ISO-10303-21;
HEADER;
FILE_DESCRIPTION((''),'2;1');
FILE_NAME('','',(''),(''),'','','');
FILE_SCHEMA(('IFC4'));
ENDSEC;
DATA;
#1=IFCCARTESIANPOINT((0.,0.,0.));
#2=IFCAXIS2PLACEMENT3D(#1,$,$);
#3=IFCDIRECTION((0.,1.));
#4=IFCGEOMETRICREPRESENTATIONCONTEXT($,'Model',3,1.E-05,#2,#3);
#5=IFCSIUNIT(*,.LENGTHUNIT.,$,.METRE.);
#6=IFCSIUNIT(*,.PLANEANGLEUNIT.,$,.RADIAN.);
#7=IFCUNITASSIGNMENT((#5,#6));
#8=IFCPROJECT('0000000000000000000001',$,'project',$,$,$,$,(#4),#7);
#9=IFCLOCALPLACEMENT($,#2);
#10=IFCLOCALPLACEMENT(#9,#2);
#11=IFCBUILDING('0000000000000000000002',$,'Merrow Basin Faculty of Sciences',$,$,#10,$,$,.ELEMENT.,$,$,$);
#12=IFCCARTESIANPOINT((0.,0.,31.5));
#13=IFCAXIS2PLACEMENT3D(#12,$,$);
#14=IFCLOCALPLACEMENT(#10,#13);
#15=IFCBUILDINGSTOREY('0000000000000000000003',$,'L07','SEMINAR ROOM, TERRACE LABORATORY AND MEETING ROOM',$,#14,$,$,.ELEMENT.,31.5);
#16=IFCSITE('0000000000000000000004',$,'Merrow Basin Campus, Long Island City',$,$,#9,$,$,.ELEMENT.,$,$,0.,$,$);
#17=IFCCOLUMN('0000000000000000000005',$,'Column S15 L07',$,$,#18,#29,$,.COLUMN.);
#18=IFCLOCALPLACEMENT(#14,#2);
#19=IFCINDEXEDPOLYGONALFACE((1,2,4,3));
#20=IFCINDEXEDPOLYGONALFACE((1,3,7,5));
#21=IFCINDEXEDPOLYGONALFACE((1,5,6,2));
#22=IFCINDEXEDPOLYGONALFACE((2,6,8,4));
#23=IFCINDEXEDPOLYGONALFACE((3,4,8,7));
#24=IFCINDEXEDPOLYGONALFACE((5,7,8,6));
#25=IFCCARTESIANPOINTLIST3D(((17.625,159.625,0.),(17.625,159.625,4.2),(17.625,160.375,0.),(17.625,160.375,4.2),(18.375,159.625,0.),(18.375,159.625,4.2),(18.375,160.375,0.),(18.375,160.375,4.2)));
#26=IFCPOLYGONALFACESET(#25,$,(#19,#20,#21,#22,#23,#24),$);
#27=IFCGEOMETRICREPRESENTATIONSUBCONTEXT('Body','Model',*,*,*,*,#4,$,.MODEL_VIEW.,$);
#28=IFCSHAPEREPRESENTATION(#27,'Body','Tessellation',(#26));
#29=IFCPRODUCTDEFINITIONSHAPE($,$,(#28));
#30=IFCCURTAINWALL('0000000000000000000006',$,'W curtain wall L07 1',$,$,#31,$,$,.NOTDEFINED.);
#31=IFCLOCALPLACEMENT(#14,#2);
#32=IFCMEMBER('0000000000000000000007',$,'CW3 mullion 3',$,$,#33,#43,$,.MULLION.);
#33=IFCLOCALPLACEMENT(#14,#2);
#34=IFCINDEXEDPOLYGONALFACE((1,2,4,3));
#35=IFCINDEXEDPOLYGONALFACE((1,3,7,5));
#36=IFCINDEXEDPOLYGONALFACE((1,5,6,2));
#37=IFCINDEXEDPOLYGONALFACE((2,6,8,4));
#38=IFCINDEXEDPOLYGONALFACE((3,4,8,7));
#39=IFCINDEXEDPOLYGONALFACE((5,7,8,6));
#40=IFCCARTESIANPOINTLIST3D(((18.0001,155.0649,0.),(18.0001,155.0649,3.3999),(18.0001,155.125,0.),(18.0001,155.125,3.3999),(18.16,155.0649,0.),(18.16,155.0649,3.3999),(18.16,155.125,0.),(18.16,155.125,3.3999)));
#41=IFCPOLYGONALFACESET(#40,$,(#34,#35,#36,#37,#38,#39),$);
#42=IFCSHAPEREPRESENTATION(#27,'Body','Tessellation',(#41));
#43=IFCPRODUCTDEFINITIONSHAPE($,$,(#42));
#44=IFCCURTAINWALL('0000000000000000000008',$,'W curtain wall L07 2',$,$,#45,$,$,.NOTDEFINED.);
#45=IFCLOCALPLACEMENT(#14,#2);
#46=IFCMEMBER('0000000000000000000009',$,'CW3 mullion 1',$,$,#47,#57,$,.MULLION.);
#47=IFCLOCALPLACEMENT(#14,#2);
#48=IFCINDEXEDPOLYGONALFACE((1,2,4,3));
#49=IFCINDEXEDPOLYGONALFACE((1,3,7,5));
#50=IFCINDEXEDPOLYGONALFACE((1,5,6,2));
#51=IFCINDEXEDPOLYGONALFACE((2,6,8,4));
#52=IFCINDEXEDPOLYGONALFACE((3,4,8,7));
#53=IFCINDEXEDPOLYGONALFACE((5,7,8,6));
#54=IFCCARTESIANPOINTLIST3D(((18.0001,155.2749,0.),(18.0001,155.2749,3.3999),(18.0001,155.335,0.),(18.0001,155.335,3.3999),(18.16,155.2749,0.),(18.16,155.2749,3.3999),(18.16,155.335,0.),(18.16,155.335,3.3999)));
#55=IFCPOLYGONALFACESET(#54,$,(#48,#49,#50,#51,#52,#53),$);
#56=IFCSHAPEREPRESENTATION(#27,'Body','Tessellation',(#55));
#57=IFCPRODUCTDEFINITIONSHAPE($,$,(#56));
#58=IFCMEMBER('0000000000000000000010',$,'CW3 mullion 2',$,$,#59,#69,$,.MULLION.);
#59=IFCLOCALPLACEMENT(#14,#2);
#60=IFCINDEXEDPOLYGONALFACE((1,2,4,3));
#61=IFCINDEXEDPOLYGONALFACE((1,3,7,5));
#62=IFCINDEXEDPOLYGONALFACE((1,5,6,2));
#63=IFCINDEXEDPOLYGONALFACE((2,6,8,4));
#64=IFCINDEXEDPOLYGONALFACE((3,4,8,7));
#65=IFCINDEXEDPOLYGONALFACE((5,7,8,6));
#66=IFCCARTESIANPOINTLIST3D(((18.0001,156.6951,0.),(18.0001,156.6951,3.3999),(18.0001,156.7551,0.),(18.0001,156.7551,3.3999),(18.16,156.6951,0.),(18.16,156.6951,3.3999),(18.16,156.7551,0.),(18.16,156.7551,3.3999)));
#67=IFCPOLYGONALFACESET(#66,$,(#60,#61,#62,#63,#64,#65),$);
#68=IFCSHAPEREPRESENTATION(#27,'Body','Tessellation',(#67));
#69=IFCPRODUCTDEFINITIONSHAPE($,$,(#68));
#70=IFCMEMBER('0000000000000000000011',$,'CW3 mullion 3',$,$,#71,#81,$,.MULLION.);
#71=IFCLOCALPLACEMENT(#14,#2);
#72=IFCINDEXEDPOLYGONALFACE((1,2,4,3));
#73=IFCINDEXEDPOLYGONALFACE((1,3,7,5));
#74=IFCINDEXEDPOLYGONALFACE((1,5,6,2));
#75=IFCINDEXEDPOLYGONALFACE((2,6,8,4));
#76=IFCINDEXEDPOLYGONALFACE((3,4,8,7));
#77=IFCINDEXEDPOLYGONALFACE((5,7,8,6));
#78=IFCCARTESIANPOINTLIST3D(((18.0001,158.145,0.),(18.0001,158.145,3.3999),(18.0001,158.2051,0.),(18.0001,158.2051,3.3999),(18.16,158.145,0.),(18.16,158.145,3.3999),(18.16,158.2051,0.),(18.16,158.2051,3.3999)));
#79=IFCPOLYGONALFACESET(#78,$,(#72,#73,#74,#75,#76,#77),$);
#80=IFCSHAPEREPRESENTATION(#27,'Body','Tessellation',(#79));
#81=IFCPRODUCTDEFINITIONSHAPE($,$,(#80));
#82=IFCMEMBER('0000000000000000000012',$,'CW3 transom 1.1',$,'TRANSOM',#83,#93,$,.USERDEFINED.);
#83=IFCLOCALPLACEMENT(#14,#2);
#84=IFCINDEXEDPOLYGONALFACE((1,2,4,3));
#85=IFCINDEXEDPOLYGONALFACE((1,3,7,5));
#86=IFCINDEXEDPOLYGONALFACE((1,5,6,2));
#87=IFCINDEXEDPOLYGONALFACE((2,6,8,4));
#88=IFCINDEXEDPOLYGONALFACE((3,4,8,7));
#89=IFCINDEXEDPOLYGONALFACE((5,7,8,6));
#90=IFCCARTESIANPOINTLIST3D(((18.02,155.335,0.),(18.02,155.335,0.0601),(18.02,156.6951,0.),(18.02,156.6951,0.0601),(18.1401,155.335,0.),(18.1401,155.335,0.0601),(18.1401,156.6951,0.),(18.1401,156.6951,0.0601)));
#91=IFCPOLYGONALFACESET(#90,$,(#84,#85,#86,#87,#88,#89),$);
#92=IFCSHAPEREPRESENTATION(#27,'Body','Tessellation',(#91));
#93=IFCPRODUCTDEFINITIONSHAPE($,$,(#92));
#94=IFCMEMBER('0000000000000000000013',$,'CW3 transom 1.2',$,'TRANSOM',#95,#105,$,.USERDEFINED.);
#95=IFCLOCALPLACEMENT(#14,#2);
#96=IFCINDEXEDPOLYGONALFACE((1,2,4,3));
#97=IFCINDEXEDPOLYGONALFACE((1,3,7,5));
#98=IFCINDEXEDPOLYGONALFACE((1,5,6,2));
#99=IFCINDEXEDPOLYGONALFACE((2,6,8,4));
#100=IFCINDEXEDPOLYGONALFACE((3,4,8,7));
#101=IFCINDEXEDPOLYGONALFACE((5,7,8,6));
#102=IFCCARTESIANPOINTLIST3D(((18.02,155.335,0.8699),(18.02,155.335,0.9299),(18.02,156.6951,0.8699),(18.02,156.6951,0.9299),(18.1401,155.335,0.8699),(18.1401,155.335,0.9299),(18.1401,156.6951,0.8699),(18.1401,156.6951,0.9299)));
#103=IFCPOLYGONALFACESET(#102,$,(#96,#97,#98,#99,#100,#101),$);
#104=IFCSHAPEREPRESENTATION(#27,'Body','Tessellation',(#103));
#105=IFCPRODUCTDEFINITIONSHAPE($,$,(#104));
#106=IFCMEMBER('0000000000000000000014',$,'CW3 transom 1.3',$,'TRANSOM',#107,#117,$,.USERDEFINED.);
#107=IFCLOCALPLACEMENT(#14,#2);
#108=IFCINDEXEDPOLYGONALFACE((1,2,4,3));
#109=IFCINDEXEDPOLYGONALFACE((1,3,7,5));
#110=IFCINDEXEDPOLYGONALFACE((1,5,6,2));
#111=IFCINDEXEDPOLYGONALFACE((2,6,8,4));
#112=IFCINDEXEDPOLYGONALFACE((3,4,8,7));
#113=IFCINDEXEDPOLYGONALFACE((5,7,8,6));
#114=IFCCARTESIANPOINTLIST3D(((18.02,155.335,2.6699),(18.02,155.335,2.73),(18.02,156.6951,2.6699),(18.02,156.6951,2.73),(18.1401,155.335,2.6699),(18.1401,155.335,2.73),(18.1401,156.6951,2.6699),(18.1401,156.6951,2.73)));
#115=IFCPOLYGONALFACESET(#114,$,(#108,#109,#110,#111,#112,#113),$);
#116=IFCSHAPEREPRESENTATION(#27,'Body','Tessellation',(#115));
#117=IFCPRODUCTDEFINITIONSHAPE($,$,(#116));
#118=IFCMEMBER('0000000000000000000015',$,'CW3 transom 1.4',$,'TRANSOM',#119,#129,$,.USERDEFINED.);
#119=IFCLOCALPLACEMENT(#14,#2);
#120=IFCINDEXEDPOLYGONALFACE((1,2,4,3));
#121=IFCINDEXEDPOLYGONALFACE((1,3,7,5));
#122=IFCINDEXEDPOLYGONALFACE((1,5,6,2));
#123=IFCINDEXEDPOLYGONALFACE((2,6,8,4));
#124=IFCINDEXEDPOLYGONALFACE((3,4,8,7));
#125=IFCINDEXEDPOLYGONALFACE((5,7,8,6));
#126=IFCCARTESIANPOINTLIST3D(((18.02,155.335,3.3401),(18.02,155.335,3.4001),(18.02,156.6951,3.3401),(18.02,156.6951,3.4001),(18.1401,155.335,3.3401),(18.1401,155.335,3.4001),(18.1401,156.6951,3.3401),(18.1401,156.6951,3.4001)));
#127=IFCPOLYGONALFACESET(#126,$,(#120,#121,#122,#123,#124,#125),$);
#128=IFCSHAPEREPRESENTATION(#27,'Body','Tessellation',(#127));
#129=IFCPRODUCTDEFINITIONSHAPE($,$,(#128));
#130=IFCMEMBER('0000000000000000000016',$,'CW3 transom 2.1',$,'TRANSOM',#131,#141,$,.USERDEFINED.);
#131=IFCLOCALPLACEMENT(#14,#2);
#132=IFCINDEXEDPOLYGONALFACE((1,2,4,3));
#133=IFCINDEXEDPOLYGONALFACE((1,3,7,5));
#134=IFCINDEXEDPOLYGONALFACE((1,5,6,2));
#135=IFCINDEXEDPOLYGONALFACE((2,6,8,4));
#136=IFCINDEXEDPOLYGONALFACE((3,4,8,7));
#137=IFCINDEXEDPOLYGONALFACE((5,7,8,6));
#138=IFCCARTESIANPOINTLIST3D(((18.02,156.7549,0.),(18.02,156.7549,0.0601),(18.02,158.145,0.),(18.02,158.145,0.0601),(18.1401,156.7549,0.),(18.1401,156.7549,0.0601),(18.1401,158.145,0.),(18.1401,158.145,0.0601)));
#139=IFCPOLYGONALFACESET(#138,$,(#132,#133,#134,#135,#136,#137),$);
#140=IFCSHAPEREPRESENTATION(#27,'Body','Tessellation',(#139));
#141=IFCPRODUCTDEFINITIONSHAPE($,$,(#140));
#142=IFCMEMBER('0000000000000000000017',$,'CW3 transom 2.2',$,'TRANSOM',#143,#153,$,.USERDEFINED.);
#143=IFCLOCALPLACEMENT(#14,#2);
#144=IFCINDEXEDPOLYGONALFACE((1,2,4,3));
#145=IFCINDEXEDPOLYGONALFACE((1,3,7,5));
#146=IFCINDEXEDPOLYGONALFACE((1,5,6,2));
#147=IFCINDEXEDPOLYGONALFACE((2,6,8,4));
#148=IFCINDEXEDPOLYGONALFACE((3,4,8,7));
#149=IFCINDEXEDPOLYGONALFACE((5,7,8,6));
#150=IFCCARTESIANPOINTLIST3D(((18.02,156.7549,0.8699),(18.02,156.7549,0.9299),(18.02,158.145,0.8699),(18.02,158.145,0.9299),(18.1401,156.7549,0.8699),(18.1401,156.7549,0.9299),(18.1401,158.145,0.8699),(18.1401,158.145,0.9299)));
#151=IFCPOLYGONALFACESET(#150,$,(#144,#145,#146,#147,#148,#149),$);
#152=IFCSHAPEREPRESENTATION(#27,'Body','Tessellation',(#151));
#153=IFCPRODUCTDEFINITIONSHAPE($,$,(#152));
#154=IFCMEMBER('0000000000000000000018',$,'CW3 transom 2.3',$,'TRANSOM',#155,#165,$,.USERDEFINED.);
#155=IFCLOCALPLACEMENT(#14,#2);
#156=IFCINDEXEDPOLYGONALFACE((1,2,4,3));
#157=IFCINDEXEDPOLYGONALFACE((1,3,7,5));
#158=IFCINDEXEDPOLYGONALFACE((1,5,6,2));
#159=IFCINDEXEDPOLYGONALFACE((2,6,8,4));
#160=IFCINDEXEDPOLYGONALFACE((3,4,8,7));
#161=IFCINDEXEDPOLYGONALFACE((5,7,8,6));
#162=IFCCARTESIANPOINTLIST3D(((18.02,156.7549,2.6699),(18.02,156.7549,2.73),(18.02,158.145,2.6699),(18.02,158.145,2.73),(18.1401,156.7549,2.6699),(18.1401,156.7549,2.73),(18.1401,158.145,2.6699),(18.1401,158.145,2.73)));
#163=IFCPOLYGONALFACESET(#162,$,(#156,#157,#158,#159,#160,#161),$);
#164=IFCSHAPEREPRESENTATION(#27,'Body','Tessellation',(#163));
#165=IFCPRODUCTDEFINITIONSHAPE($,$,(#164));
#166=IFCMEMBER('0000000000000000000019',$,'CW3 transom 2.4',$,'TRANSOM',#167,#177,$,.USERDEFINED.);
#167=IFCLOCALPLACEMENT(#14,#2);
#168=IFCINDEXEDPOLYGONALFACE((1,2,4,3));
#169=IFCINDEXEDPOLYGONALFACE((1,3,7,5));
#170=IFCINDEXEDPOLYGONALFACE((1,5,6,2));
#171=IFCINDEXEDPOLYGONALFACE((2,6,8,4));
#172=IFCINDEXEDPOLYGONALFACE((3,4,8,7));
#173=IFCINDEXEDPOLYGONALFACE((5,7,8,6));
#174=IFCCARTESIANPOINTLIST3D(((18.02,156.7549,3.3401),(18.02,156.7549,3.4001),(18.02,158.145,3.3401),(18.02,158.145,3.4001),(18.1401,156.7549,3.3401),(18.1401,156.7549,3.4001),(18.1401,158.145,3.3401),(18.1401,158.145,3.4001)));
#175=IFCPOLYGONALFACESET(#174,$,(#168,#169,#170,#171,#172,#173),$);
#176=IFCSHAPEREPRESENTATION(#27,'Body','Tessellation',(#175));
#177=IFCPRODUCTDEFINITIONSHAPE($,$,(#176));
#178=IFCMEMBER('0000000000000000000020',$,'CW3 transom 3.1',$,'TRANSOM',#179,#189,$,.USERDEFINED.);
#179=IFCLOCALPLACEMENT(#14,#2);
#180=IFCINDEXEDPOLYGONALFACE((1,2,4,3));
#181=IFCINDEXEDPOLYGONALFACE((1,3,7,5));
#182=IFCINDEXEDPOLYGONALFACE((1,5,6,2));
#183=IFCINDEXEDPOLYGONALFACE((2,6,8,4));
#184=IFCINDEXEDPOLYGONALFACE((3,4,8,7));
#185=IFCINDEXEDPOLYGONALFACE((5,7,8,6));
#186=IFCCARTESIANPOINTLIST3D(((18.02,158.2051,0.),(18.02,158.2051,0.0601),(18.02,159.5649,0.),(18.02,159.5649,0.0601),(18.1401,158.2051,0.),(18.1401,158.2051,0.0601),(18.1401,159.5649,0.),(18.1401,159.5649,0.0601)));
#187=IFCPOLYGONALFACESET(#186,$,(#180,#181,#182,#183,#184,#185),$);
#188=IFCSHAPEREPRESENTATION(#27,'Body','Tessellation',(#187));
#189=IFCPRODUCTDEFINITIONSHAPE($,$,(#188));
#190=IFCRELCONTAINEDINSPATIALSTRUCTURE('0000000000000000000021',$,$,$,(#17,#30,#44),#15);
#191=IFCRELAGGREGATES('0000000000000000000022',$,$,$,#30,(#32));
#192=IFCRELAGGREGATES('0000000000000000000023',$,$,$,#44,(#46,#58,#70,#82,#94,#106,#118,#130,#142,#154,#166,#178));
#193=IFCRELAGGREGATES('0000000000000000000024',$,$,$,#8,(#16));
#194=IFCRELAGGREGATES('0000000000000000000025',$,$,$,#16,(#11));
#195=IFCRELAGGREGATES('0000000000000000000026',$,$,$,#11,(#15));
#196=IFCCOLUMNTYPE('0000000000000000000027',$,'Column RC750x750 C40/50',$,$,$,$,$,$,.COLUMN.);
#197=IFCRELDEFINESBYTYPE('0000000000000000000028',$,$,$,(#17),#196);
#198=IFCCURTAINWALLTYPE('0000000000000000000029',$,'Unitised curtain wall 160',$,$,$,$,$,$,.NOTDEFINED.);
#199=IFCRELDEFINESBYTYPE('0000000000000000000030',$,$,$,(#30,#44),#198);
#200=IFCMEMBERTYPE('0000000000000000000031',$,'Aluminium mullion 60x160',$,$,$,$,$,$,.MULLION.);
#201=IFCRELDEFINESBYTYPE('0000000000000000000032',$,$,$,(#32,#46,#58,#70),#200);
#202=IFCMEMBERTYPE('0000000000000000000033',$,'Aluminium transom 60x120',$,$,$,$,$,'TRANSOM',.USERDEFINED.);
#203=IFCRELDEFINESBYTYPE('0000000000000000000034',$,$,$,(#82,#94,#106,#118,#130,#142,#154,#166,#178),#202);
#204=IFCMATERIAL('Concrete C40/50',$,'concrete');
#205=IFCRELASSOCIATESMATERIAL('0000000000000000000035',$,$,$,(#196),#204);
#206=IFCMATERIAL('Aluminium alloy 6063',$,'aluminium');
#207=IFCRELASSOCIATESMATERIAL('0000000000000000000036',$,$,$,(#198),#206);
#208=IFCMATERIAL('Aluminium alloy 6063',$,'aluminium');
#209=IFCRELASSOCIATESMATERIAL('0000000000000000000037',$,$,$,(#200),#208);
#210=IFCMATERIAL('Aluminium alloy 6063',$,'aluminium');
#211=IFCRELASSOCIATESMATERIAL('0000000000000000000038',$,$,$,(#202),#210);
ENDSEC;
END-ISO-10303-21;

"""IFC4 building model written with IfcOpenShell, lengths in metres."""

from ifc_helpers import new_model, si_unit, direction, frame, origin, origin_2d, place, context, subcontext, project, spatial, rectangle, extrude, material, material_profile, profile_set, type_object, element, aggregate, save


model = new_model("IFC4")

# Units and contexts
model_context = context("Model", 3, precision=1e-05, world=origin(), true_north=direction((0.0, 1.0)))
body_context = subcontext(model_context, "Body", "Model", "MODEL_VIEW")
ifc_project = project(units=[si_unit("LENGTHUNIT", "METRE"), si_unit("PLANEANGLEUNIT", "RADIAN")], contexts=[model_context])

# Site, building, storey
site_placement = place(None, origin())
site = spatial("IfcSite", under=ifc_project, at=site_placement, Name="Merrow Basin Campus, Long Island City", CompositionType="ELEMENT", RefElevation=0.0)
building_placement = place(site_placement, origin())
building = spatial("IfcBuilding", under=site, at=building_placement, Name="Merrow Basin Faculty of Sciences", CompositionType="ELEMENT")
storey_placement = place(building_placement, frame((0.0, 0.0, 31.5)))
storey = spatial("IfcBuildingStorey", under=building, at=storey_placement, Name="L07", Description="SEMINAR ROOM, TERRACE LABORATORY AND MEETING ROOM", CompositionType="ELEMENT", Elevation=31.5)

# Column
ifc_material_1 = material(Name="Concrete C40/50", Category="concrete")
ifc_material_profile_1 = material_profile(ifc_material_1, rectangle(XDim=0.75, YDim=0.75, at=origin_2d()))
ifc_profile_set_1 = profile_set([ifc_material_profile_1], Name="Concrete C40/50")
column_type = type_object("IfcColumnType", Name="Column RC750x750 C40/50", PredefinedType="COLUMN", material=ifc_profile_set_1)
column_placement = place(storey_placement, frame((18.0, 160.0, 0.0), z_axis=(0.0, 0.0, 1.0), x_axis=(1.0, 0.0, 0.0)))
element("IfcColumn", 1, at=column_placement, inside=storey, type_object=column_type, Name="Column S15 L07", PredefinedType="COLUMN", context=body_context, shape_type="SweptSolid", body=[
    extrude(rectangle(XDim=0.75, YDim=0.75, at=origin_2d()), origin(), (0.0, 0.0, 1.0), 4.2),
])

# Curtain wall, member
ifc_material_2 = material(Name="Aluminium alloy 6063", Category="aluminium")
curtain_wall_type = type_object("IfcCurtainWallType", Name="Unitised curtain wall 160", PredefinedType="NOTDEFINED", material=ifc_material_2)
curtain_wall_1_placement = place(storey_placement, origin())
curtain_wall_1 = element("IfcCurtainWall", 2, at=curtain_wall_1_placement, inside=storey, type_object=curtain_wall_type, Name="W curtain wall L07 1", PredefinedType="NOTDEFINED")
ifc_material_3 = material(Name="Aluminium alloy 6063", Category="aluminium")
ifc_material_profile_2 = material_profile(ifc_material_3, rectangle(XDim=0.1599, YDim=0.0601, at=origin_2d()))
ifc_profile_set_2 = profile_set([ifc_material_profile_2], Name="Aluminium alloy 6063")
member_type_1 = type_object("IfcMemberType", Name="Aluminium mullion 60x160", PredefinedType="MULLION", material=ifc_profile_set_2)
member_1_placement = place(storey_placement, frame((18.0801, 155.095, 0.0), z_axis=(0.0, 0.0, 1.0), x_axis=(-1.0, 0.0, 0.0)))
member_1 = element("IfcMember", 3, at=member_1_placement, type_object=member_type_1, Name="CW3 mullion 3", PredefinedType="MULLION", context=body_context, shape_type="SweptSolid", body=[
    extrude(rectangle(XDim=0.1599, YDim=0.0601, at=origin_2d()), origin(), (0.0, 0.0, 1.0), 3.3999),
])

# Curtain wall, members
curtain_wall_2_placement = place(storey_placement, origin())
curtain_wall_2 = element("IfcCurtainWall", 4, at=curtain_wall_2_placement, inside=storey, type_object=curtain_wall_type, Name="W curtain wall L07 2", PredefinedType="NOTDEFINED")
member_2_placement = place(storey_placement, frame((18.0801, 155.3049, 0.0), z_axis=(0.0, 0.0, 1.0), x_axis=(-1.0, 0.0, 0.0)))
member_2 = element("IfcMember", 5, at=member_2_placement, type_object=member_type_1, Name="CW3 mullion 1", PredefinedType="MULLION", context=body_context, shape_type="SweptSolid", body=[
    extrude(rectangle(XDim=0.1599, YDim=0.0601, at=origin_2d()), origin(), (0.0, 0.0, 1.0), 3.3999),
])
member_3_placement = place(storey_placement, frame((18.0801, 156.7251, 0.0), z_axis=(0.0, 0.0, 1.0), x_axis=(-1.0, 0.0, 0.0)))
member_3 = element("IfcMember", 6, at=member_3_placement, type_object=member_type_1, Name="CW3 mullion 2", PredefinedType="MULLION", context=body_context, shape_type="SweptSolid", body=[
    extrude(rectangle(XDim=0.1599, YDim=0.0601, at=origin_2d()), origin(), (0.0, 0.0, 1.0), 3.3999),
])
member_4_placement = place(storey_placement, frame((18.0801, 158.175, 0.0), z_axis=(0.0, 0.0, 1.0), x_axis=(-1.0, 0.0, 0.0)))
member_4 = element("IfcMember", 7, at=member_4_placement, type_object=member_type_1, Name="CW3 mullion 3", PredefinedType="MULLION", context=body_context, shape_type="SweptSolid", body=[
    extrude(rectangle(XDim=0.1599, YDim=0.0601, at=origin_2d()), origin(), (0.0, 0.0, 1.0), 3.3999),
])
ifc_material_4 = material(Name="Aluminium alloy 6063", Category="aluminium")
ifc_material_profile_3 = material_profile(ifc_material_4, rectangle(XDim=0.1201, YDim=0.0601, at=origin_2d()))
ifc_profile_set_3 = profile_set([ifc_material_profile_3], Name="Aluminium alloy 6063")
member_type_2 = type_object("IfcMemberType", Name="Aluminium transom 60x120", ElementType="TRANSOM", PredefinedType="USERDEFINED", material=ifc_profile_set_3)
member_5_placement = place(storey_placement, frame((18.0801, 155.335, 0.03), z_axis=(0.0, 1.0, 0.0), x_axis=(-1.0, 0.0, 0.0)))
member_5 = element("IfcMember", 8, at=member_5_placement, type_object=member_type_2, Name="CW3 transom 1.1", ObjectType="TRANSOM", PredefinedType="USERDEFINED", context=body_context, shape_type="SweptSolid", body=[
    extrude(rectangle(XDim=0.1201, YDim=0.0601, at=origin_2d()), origin(), (0.0, 0.0, 1.0), 1.3601),
])
member_6_placement = place(storey_placement, frame((18.0801, 155.335, 0.8999), z_axis=(0.0, 1.0, 0.0), x_axis=(-1.0, 0.0, 0.0)))
member_6 = element("IfcMember", 9, at=member_6_placement, type_object=member_type_2, Name="CW3 transom 1.2", ObjectType="TRANSOM", PredefinedType="USERDEFINED", context=body_context, shape_type="SweptSolid", body=[
    extrude(rectangle(XDim=0.1201, YDim=0.0601, at=origin_2d()), origin(), (0.0, 0.0, 1.0), 1.3601),
])
member_7_placement = place(storey_placement, frame((18.0801, 155.335, 2.7), z_axis=(0.0, 1.0, 0.0), x_axis=(-1.0, 0.0, 0.0)))
member_7 = element("IfcMember", 10, at=member_7_placement, type_object=member_type_2, Name="CW3 transom 1.3", ObjectType="TRANSOM", PredefinedType="USERDEFINED", context=body_context, shape_type="SweptSolid", body=[
    extrude(rectangle(XDim=0.1201, YDim=0.0601, at=origin_2d()), origin(), (0.0, 0.0, 1.0), 1.3601),
])
member_8_placement = place(storey_placement, frame((18.0801, 155.335, 3.3701), z_axis=(0.0, 1.0, 0.0), x_axis=(-1.0, 0.0, 0.0)))
member_8 = element("IfcMember", 11, at=member_8_placement, type_object=member_type_2, Name="CW3 transom 1.4", ObjectType="TRANSOM", PredefinedType="USERDEFINED", context=body_context, shape_type="SweptSolid", body=[
    extrude(rectangle(XDim=0.1201, YDim=0.0601, at=origin_2d()), origin(), (0.0, 0.0, 1.0), 1.3601),
])
member_9_placement = place(storey_placement, frame((18.0801, 156.7549, 0.03), z_axis=(0.0, 1.0, 0.0), x_axis=(-1.0, 0.0, 0.0)))
member_9 = element("IfcMember", 12, at=member_9_placement, type_object=member_type_2, Name="CW3 transom 2.1", ObjectType="TRANSOM", PredefinedType="USERDEFINED", context=body_context, shape_type="SweptSolid", body=[
    extrude(rectangle(XDim=0.1201, YDim=0.0601, at=origin_2d()), origin(), (0.0, 0.0, 1.0), 1.3901),
])
member_10_placement = place(storey_placement, frame((18.0801, 156.7549, 0.8999), z_axis=(0.0, 1.0, 0.0), x_axis=(-1.0, 0.0, 0.0)))
member_10 = element("IfcMember", 13, at=member_10_placement, type_object=member_type_2, Name="CW3 transom 2.2", ObjectType="TRANSOM", PredefinedType="USERDEFINED", context=body_context, shape_type="SweptSolid", body=[
    extrude(rectangle(XDim=0.1201, YDim=0.0601, at=origin_2d()), origin(), (0.0, 0.0, 1.0), 1.3901),
])
member_11_placement = place(storey_placement, frame((18.0801, 156.7549, 2.7), z_axis=(0.0, 1.0, 0.0), x_axis=(-1.0, 0.0, 0.0)))
member_11 = element("IfcMember", 14, at=member_11_placement, type_object=member_type_2, Name="CW3 transom 2.3", ObjectType="TRANSOM", PredefinedType="USERDEFINED", context=body_context, shape_type="SweptSolid", body=[
    extrude(rectangle(XDim=0.1201, YDim=0.0601, at=origin_2d()), origin(), (0.0, 0.0, 1.0), 1.3901),
])
member_12_placement = place(storey_placement, frame((18.0801, 156.7549, 3.3701), z_axis=(0.0, 1.0, 0.0), x_axis=(-1.0, 0.0, 0.0)))
member_12 = element("IfcMember", 15, at=member_12_placement, type_object=member_type_2, Name="CW3 transom 2.4", ObjectType="TRANSOM", PredefinedType="USERDEFINED", context=body_context, shape_type="SweptSolid", body=[
    extrude(rectangle(XDim=0.1201, YDim=0.0601, at=origin_2d()), origin(), (0.0, 0.0, 1.0), 1.3901),
])
member_13_placement = place(storey_placement, frame((18.0801, 158.2051, 0.03), z_axis=(0.0, 1.0, 0.0), x_axis=(-1.0, 0.0, 0.0)))
member_13 = element("IfcMember", 16, at=member_13_placement, type_object=member_type_2, Name="CW3 transom 3.1", ObjectType="TRANSOM", PredefinedType="USERDEFINED", context=body_context, shape_type="SweptSolid", body=[
    extrude(rectangle(XDim=0.1201, YDim=0.0601, at=origin_2d()), origin(), (0.0, 0.0, 1.0), 1.3599),
])

aggregate(curtain_wall_1, [member_1])
aggregate(curtain_wall_2, [member_2, member_3, member_4, member_5, member_6, member_7, member_8, member_9, member_10, member_11, member_12, member_13])

save(model, "model.ifc")
